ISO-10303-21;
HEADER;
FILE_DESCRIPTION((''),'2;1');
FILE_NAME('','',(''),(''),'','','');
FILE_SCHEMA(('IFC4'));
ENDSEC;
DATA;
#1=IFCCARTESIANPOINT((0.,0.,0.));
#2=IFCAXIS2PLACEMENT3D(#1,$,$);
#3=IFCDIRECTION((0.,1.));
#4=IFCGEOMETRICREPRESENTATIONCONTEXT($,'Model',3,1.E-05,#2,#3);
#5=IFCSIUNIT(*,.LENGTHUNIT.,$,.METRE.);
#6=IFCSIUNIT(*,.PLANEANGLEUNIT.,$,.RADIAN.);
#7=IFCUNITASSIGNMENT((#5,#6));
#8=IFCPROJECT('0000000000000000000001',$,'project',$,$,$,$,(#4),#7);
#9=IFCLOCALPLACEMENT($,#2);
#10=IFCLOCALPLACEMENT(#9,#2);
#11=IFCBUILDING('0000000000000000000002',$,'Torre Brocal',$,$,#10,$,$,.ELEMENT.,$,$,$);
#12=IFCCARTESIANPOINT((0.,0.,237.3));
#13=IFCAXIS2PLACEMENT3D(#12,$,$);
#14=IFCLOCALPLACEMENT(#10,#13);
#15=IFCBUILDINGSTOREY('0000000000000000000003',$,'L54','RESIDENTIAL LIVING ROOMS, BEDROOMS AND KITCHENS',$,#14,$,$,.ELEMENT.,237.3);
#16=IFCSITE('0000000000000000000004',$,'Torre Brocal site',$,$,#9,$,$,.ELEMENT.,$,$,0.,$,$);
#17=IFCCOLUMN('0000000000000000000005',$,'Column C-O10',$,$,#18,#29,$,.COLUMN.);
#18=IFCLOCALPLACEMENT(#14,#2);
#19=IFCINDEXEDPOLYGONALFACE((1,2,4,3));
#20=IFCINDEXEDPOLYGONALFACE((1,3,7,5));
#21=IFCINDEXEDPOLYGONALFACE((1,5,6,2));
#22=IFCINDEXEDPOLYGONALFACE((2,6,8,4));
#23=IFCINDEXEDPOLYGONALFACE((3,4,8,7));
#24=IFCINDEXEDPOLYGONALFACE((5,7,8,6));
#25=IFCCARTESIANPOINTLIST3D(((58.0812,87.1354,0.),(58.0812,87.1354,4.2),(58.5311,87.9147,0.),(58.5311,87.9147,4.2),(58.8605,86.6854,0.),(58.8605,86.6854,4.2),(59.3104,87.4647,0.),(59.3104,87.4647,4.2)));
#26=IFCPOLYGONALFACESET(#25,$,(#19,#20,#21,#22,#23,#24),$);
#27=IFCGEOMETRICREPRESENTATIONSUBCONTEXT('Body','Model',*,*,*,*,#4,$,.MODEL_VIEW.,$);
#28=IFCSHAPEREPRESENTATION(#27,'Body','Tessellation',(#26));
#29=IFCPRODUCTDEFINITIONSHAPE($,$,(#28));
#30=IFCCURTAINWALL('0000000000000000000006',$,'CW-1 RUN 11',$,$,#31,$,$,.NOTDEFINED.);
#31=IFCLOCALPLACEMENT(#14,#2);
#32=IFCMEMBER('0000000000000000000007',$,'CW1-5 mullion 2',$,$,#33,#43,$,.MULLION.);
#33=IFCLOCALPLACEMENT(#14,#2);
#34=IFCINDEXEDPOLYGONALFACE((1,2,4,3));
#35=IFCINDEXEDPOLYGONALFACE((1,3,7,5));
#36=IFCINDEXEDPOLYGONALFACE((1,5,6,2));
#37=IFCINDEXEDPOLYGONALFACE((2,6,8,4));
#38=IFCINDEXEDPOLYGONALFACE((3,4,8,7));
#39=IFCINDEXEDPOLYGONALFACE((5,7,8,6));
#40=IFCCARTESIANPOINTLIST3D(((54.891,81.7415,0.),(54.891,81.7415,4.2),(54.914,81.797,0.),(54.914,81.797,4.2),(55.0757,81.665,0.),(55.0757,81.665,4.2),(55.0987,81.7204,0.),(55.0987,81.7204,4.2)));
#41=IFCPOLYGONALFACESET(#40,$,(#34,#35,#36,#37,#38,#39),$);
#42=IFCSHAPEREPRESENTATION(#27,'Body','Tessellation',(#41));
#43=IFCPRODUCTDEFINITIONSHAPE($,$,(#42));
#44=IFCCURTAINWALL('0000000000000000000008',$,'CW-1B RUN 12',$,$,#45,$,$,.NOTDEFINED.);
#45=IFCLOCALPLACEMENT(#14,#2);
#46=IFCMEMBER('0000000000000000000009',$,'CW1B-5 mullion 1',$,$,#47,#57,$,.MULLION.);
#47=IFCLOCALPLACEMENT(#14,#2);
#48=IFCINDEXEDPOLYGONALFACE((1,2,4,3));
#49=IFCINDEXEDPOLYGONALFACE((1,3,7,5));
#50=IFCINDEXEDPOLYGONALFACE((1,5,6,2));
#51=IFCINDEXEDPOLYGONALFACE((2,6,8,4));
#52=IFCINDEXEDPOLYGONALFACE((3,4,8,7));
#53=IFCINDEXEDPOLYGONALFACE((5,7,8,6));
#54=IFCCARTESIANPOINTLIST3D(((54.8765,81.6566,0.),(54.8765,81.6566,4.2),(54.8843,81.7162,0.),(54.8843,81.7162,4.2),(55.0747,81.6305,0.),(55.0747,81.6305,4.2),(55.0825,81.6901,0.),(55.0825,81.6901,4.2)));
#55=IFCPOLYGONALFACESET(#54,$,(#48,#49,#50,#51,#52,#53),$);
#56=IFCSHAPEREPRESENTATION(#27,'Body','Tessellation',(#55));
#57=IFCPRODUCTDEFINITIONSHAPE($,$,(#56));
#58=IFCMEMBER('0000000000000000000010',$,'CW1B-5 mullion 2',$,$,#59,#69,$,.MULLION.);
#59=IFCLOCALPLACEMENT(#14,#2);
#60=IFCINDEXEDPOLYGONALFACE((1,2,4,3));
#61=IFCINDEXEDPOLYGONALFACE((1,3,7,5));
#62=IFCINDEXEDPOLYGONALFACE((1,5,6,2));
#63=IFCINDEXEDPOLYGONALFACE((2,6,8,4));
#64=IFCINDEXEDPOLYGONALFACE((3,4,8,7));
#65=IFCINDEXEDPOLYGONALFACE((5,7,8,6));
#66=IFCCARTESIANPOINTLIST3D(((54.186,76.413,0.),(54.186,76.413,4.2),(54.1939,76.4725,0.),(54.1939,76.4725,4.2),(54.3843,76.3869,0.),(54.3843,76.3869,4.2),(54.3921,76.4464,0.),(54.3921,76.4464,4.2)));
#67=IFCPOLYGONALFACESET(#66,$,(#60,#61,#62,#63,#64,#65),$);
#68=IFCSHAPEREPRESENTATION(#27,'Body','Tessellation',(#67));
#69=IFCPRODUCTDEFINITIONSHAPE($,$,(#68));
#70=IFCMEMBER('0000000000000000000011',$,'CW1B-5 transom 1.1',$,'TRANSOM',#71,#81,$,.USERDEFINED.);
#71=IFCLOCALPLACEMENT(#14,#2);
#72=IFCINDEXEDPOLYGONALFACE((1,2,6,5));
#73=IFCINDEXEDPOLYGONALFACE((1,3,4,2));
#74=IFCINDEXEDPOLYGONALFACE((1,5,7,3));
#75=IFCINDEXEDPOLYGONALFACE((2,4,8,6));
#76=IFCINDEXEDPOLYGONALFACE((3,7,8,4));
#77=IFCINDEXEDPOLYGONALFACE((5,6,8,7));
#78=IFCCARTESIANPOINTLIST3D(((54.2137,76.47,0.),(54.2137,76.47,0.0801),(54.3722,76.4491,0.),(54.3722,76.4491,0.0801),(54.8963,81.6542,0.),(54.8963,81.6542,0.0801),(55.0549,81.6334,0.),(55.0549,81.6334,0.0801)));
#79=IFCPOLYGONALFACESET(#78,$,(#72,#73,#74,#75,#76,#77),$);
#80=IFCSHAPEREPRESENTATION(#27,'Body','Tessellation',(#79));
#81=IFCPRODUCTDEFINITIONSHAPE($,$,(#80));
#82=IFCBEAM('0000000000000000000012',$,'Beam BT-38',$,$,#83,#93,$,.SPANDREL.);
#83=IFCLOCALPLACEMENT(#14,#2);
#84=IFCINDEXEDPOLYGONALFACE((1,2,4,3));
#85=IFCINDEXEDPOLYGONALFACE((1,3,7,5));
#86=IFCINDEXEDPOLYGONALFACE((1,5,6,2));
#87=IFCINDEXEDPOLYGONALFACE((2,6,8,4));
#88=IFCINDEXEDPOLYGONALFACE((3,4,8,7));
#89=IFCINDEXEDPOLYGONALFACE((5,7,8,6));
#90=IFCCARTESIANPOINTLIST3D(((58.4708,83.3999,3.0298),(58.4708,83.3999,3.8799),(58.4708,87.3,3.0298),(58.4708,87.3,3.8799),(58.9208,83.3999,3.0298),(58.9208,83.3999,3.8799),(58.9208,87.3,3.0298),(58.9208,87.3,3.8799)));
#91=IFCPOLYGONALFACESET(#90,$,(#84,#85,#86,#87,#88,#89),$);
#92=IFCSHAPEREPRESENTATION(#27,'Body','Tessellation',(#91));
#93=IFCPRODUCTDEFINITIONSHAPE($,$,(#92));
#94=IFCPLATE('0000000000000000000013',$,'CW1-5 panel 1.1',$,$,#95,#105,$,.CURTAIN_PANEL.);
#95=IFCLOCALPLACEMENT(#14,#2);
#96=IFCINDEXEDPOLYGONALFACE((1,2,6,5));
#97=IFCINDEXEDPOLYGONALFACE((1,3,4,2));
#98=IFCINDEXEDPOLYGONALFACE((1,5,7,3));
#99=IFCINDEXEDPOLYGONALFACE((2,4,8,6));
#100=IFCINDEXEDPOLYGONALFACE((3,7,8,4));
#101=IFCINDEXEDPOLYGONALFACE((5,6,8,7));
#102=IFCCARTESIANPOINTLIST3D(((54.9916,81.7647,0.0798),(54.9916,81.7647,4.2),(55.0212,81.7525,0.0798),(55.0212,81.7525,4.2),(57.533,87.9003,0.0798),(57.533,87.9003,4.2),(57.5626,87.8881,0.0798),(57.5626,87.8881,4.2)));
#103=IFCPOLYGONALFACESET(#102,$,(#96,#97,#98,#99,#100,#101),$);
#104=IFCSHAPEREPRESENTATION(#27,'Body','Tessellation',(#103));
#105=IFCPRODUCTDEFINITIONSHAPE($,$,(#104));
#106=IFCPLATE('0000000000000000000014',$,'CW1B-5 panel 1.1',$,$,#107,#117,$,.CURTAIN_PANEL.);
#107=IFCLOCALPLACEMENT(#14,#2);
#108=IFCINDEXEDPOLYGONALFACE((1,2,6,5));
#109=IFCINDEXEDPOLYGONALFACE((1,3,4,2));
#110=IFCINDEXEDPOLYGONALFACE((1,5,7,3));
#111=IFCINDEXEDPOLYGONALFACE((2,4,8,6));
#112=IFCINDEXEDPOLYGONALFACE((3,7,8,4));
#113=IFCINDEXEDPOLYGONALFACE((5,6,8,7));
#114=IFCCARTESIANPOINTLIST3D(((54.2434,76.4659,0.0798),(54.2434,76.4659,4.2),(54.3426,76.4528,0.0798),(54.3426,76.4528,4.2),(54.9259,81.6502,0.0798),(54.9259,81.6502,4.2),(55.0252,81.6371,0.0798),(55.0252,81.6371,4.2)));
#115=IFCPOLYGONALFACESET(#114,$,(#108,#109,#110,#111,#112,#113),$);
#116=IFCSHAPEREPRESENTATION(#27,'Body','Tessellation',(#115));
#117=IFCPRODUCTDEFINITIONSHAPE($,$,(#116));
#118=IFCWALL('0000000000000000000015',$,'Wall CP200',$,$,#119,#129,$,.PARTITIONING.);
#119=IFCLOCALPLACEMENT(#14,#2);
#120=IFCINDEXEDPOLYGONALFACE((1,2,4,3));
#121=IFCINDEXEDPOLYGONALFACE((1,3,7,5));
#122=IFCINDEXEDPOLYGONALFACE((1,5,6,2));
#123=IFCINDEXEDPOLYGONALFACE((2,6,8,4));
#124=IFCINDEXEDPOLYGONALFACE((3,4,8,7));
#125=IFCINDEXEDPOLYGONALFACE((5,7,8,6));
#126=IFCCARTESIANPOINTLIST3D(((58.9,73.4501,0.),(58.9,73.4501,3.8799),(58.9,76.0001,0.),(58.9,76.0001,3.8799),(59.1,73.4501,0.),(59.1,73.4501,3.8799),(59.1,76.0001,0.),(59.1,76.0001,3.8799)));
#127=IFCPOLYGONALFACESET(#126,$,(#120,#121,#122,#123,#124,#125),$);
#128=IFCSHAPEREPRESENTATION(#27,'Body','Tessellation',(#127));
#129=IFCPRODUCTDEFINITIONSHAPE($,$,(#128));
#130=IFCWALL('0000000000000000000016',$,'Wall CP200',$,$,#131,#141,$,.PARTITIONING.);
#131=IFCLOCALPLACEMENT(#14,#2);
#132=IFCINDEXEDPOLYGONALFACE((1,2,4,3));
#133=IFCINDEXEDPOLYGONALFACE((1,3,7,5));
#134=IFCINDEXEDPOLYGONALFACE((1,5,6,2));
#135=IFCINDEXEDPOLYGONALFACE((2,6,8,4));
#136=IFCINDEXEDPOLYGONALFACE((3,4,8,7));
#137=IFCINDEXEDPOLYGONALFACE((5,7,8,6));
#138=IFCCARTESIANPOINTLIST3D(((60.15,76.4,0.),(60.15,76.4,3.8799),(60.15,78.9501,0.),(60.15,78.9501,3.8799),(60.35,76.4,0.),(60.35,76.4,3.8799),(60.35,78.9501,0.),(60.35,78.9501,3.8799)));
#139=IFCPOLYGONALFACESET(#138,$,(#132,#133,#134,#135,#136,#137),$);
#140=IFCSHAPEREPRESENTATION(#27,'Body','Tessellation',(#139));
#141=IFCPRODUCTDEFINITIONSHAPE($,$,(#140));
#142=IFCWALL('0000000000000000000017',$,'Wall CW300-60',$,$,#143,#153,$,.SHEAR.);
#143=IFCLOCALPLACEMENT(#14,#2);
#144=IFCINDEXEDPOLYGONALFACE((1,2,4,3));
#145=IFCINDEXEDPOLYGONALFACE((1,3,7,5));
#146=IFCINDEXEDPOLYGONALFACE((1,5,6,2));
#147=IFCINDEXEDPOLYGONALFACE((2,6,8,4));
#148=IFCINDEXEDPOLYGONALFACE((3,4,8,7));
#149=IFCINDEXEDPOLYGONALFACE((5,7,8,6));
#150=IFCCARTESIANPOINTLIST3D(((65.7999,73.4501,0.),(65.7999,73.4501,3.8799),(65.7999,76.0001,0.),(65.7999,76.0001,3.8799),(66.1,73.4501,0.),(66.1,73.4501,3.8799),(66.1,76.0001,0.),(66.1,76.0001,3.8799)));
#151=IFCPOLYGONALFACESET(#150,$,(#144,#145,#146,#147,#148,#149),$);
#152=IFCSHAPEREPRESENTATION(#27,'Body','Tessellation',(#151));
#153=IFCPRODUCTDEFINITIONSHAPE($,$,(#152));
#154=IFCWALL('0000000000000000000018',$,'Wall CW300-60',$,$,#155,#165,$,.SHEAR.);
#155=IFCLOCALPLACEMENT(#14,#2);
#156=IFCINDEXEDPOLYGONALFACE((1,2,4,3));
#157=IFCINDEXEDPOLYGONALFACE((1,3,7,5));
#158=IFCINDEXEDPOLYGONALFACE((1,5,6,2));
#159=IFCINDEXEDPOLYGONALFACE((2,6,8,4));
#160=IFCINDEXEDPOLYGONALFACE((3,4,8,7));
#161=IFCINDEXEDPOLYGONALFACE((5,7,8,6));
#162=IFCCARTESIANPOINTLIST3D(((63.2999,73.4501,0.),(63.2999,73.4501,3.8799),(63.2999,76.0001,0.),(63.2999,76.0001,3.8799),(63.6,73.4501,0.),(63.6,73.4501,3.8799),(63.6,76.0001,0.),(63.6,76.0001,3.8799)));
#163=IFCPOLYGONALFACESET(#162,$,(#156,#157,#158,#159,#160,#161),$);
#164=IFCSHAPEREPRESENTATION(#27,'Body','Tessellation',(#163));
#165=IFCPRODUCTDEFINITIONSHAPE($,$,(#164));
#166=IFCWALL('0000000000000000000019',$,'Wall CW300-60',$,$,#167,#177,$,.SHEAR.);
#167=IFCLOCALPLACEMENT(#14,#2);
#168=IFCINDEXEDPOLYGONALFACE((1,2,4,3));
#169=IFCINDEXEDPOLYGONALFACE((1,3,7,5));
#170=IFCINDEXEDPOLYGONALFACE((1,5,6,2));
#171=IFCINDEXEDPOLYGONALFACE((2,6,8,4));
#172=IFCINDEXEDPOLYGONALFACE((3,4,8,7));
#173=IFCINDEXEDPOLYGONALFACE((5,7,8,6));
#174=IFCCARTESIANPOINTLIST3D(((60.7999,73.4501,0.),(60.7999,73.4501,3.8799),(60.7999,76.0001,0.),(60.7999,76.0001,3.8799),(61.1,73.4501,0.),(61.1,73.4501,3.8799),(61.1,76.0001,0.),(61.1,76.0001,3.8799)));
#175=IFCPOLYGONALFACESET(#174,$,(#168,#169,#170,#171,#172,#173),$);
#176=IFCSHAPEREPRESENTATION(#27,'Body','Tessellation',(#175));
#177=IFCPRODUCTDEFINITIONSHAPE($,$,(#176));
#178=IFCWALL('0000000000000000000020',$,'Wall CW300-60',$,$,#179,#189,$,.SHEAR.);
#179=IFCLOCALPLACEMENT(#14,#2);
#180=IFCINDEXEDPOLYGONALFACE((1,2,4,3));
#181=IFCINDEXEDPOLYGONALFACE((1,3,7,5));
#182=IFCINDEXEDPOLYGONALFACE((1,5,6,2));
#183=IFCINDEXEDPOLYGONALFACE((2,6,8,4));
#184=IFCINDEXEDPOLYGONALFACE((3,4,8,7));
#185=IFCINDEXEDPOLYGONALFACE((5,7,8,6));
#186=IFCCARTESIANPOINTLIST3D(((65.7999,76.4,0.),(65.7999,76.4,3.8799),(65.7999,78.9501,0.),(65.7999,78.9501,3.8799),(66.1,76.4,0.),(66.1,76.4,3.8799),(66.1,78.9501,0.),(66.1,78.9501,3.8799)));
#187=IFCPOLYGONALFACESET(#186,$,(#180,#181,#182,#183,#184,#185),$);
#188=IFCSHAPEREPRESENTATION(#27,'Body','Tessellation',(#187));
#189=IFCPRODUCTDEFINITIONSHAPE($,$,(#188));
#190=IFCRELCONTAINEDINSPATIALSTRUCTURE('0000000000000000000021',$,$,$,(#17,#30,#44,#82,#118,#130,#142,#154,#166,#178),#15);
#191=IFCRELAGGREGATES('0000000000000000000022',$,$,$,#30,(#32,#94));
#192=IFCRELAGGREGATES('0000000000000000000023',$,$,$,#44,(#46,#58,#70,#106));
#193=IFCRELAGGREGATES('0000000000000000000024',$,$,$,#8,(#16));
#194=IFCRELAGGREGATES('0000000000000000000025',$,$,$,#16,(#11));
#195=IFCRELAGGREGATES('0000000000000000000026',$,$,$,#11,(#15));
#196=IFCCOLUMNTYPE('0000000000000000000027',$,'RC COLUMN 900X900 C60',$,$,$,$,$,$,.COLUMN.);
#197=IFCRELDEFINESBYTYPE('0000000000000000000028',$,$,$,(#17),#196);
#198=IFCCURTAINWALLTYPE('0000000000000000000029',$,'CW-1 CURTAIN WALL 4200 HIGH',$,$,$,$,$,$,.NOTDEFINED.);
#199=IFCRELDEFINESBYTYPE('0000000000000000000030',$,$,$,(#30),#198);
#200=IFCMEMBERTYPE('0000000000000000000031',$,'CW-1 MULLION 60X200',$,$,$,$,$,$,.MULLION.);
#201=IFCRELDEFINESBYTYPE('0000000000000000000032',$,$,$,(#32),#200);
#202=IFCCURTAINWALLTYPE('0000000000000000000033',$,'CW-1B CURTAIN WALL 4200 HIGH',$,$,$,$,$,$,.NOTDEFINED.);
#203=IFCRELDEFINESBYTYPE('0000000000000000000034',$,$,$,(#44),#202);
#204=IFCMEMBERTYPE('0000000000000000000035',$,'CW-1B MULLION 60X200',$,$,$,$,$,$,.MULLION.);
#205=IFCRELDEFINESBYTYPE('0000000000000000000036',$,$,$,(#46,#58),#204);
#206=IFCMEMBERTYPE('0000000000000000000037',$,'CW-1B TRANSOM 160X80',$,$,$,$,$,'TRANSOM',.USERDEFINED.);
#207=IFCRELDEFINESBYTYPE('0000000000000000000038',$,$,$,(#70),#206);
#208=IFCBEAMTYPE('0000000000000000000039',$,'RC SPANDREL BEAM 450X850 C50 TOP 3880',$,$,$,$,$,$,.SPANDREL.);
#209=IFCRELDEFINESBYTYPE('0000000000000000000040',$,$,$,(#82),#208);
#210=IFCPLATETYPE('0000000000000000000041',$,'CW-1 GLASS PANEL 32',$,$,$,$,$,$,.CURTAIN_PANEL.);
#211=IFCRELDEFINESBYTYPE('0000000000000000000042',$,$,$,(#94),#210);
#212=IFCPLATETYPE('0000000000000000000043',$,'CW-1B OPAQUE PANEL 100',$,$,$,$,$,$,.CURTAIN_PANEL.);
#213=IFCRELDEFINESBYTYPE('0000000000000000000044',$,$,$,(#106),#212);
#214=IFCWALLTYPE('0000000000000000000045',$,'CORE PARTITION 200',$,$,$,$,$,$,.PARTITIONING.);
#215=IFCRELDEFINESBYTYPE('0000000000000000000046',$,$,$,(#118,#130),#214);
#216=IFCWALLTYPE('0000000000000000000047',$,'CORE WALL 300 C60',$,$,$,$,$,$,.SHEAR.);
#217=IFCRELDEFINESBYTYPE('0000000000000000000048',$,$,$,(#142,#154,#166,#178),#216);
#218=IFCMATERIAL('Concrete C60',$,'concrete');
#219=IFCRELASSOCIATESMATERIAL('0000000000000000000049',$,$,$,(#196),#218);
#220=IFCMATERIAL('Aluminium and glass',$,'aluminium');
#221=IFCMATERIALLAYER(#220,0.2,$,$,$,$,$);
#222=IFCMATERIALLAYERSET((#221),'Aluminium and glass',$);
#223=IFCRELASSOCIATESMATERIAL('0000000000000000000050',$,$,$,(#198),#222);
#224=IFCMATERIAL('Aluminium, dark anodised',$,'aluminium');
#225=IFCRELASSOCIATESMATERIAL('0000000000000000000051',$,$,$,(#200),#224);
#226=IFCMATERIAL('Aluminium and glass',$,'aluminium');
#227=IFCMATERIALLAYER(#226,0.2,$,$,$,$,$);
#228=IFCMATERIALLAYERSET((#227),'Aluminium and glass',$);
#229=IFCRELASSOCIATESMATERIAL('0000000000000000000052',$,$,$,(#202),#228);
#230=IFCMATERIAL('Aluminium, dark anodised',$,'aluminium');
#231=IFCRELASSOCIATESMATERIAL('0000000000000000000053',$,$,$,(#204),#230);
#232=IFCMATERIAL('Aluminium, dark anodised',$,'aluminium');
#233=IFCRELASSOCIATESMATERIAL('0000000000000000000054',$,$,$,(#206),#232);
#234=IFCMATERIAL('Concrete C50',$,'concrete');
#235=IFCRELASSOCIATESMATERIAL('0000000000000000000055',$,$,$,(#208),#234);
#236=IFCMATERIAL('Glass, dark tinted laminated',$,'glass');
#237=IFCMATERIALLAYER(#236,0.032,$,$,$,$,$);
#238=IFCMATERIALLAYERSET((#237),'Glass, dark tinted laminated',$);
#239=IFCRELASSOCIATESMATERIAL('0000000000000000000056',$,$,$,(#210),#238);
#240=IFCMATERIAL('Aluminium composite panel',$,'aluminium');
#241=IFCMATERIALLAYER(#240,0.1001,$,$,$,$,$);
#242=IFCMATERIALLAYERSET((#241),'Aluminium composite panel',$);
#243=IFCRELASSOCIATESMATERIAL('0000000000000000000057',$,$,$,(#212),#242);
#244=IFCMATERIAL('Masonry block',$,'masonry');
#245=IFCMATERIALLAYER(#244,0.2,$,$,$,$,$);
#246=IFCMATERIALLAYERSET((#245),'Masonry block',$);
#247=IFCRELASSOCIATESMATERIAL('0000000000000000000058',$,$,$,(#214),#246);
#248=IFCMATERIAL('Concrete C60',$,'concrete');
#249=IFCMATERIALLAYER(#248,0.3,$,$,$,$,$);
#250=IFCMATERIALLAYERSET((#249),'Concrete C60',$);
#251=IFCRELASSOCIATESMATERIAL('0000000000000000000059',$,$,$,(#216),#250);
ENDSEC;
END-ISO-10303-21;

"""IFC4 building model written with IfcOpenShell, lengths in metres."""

from ifc_helpers import new_model, si_unit, direction, frame, frame_2d, origin, origin_2d, place, context, subcontext, project, spatial, rectangle, extrude, material, layer, layer_set, material_profile, profile_set, type_object, element, aggregate, save


model = new_model("IFC4")

# Units and contexts
model_context = context("Model", 3, precision=1e-05, world=origin(), true_north=direction((0.0, 1.0)))
body_context = subcontext(model_context, "Body", "Model", "MODEL_VIEW")
ifc_project = project(units=[si_unit("LENGTHUNIT", "METRE"), si_unit("PLANEANGLEUNIT", "RADIAN")], contexts=[model_context])

# Site, building, storey
site_placement = place(None, origin())
site = spatial("IfcSite", under=ifc_project, at=site_placement, Name="Torre Brocal site", CompositionType="ELEMENT", RefElevation=0.0)
building_placement = place(site_placement, origin())
building = spatial("IfcBuilding", under=site, at=building_placement, Name="Torre Brocal", CompositionType="ELEMENT")
storey_placement = place(building_placement, frame((0.0, 0.0, 237.3)))
storey = spatial("IfcBuildingStorey", under=building, at=storey_placement, Name="L54", Description="RESIDENTIAL LIVING ROOMS, BEDROOMS AND KITCHENS", CompositionType="ELEMENT", Elevation=237.3)

# Column
ifc_material_1 = material(Name="Concrete C60", Category="concrete")
ifc_material_profile_1 = material_profile(ifc_material_1, rectangle(XDim=0.8999, YDim=0.8999, at=origin_2d()), Name="RC 900X900")
ifc_profile_set_1 = profile_set([ifc_material_profile_1], Name="Concrete C60")
column_type = type_object("IfcColumnType", Name="RC COLUMN 900X900 C60", PredefinedType="COLUMN", material=ifc_profile_set_1)
column_placement = place(storey_placement, frame((58.6958, 87.3, 0.0), z_axis=(0.0, 0.0, 1.0), x_axis=(-0.866025, 0.5, 0.0)))
element("IfcColumn", 1, at=column_placement, inside=storey, type_object=column_type, Name="Column C-O10", PredefinedType="COLUMN", context=body_context, shape_type="SweptSolid", body=[
    extrude(rectangle(XDim=0.8999, YDim=0.8999, at=origin_2d()), origin(), (0.0, 0.0, 1.0), 4.2),
])

# Curtain wall, member
ifc_material_2 = material(Name="Aluminium and glass", Category="aluminium")
ifc_layer_1 = layer(ifc_material_2, 0.2)
ifc_layer_set_1 = layer_set([ifc_layer_1], Name="Aluminium and glass")
curtain_wall_type_1 = type_object("IfcCurtainWallType", Name="CW-1 CURTAIN WALL 4200 HIGH", PredefinedType="NOTDEFINED", material=ifc_layer_set_1)
curtain_wall_1_placement = place(storey_placement, origin())
curtain_wall_1 = element("IfcCurtainWall", 2, at=curtain_wall_1_placement, inside=storey, type_object=curtain_wall_type_1, Name="CW-1 RUN 11", PredefinedType="NOTDEFINED")
ifc_material_3 = material(Name="Aluminium, dark anodised", Category="aluminium")
ifc_material_profile_2 = material_profile(ifc_material_3, rectangle(XDim=0.2, YDim=0.0601, at=origin_2d()), Name="CW-1 MULLION 60X200")
ifc_profile_set_2 = profile_set([ifc_material_profile_2], Name="Aluminium, dark anodised")
member_type_1 = type_object("IfcMemberType", Name="CW-1 MULLION 60X200", PredefinedType="MULLION", material=ifc_profile_set_2)
member_1_placement = place(storey_placement, frame((54.9949, 81.731, 0.0), z_axis=(0.0, 0.0, 1.0), x_axis=(0.92388, -0.382683, 0.0)))
member_1 = element("IfcMember", 3, at=member_1_placement, type_object=member_type_1, Name="CW1-5 mullion 2", PredefinedType="MULLION", context=body_context, shape_type="SweptSolid", body=[
    extrude(rectangle(XDim=0.2, YDim=0.0601, at=origin_2d()), origin(), (0.0, 0.0, 1.0), 4.2),
])

# Curtain wall, members
ifc_material_4 = material(Name="Aluminium and glass", Category="aluminium")
ifc_layer_2 = layer(ifc_material_4, 0.2)
ifc_layer_set_2 = layer_set([ifc_layer_2], Name="Aluminium and glass")
curtain_wall_type_2 = type_object("IfcCurtainWallType", Name="CW-1B CURTAIN WALL 4200 HIGH", PredefinedType="NOTDEFINED", material=ifc_layer_set_2)
curtain_wall_2_placement = place(storey_placement, origin())
curtain_wall_2 = element("IfcCurtainWall", 4, at=curtain_wall_2_placement, inside=storey, type_object=curtain_wall_type_2, Name="CW-1B RUN 12", PredefinedType="NOTDEFINED")
ifc_material_5 = material(Name="Aluminium, dark anodised", Category="aluminium")
ifc_material_profile_3 = material_profile(ifc_material_5, rectangle(XDim=0.2, YDim=0.0601, at=origin_2d()), Name="CW-1B MULLION 60X200")
ifc_profile_set_3 = profile_set([ifc_material_profile_3], Name="Aluminium, dark anodised")
member_type_2 = type_object("IfcMemberType", Name="CW-1B MULLION 60X200", PredefinedType="MULLION", material=ifc_profile_set_3)
member_2_placement = place(storey_placement, frame((54.9795, 81.6733, 0.0), z_axis=(0.0, 0.0, 1.0), x_axis=(0.991445, -0.130526, 0.0)))
member_2 = element("IfcMember", 5, at=member_2_placement, type_object=member_type_2, Name="CW1B-5 mullion 1", PredefinedType="MULLION", context=body_context, shape_type="SweptSolid", body=[
    extrude(rectangle(XDim=0.2, YDim=0.0601, at=origin_2d()), origin(), (0.0, 0.0, 1.0), 4.2),
])
member_3_placement = place(storey_placement, frame((54.2891, 76.4297, 0.0), z_axis=(0.0, 0.0, 1.0), x_axis=(0.991445, -0.130526, 0.0)))
member_3 = element("IfcMember", 6, at=member_3_placement, type_object=member_type_2, Name="CW1B-5 mullion 2", PredefinedType="MULLION", context=body_context, shape_type="SweptSolid", body=[
    extrude(rectangle(XDim=0.2, YDim=0.0601, at=origin_2d()), origin(), (0.0, 0.0, 1.0), 4.2),
])
ifc_material_6 = material(Name="Aluminium, dark anodised", Category="aluminium")
ifc_material_profile_4 = material_profile(ifc_material_6, rectangle(XDim=0.1599, YDim=0.0801, at=origin_2d()), Name="CW-1B TRANSOM 160X80")
ifc_profile_set_4 = profile_set([ifc_material_profile_4], Name="Aluminium, dark anodised")
member_type_3 = type_object("IfcMemberType", Name="CW-1B TRANSOM 160X80", ElementType="TRANSOM", PredefinedType="USERDEFINED", material=ifc_profile_set_4)
member_4_placement = place(storey_placement, frame((54.9756, 81.6438, 0.04), z_axis=(-0.130543, -0.991443, 0.0), x_axis=(0.991443, -0.130543, 0.0)))
member_4 = element("IfcMember", 7, at=member_4_placement, type_object=member_type_3, Name="CW1B-5 transom 1.1", ObjectType="TRANSOM", PredefinedType="USERDEFINED", context=body_context, shape_type="SweptSolid", body=[
    extrude(rectangle(XDim=0.1599, YDim=0.0801, at=origin_2d()), origin(), (0.0, 0.0, 1.0), 5.229),
])

# Beam
ifc_material_7 = material(Name="Concrete C50", Category="concrete")
ifc_material_profile_5 = material_profile(ifc_material_7, rectangle(XDim=0.45, YDim=0.8501, at=origin_2d()), Name="RC 450X850")
ifc_profile_set_5 = profile_set([ifc_material_profile_5], Name="Concrete C50")
beam_type = type_object("IfcBeamType", Name="RC SPANDREL BEAM 450X850 C50 TOP 3880", PredefinedType="SPANDREL", material=ifc_profile_set_5)
beam_placement = place(storey_placement, frame((58.6958, 87.3, 3.4548), z_axis=(0.0, -1.0, 0.0), x_axis=(1.0, 0.0, 0.0)))
element("IfcBeam", 8, at=beam_placement, inside=storey, type_object=beam_type, Name="Beam BT-38", PredefinedType="SPANDREL", context=body_context, shape_type="SweptSolid", body=[
    extrude(rectangle(XDim=0.45, YDim=0.8501, at=origin_2d()), origin(), (0.0, 0.0, 1.0), 3.9001),
])

# Plates
ifc_material_8 = material(Name="Glass, dark tinted laminated", Category="glass")
ifc_layer_3 = layer(ifc_material_8, 0.032)
ifc_layer_set_3 = layer_set([ifc_layer_3], Name="Glass, dark tinted laminated")
plate_type_1 = type_object("IfcPlateType", Name="CW-1 GLASS PANEL 32", PredefinedType="CURTAIN_PANEL", material=ifc_layer_set_3)
plate_1_placement = place(storey_placement, frame((56.2771, 84.8264, 0.0798), z_axis=(0.0, 0.0, 1.0), x_axis=(-0.382683, -0.92388, 0.0)))
plate_1 = element("IfcPlate", 9, at=plate_1_placement, type_object=plate_type_1, Name="CW1-5 panel 1.1", PredefinedType="CURTAIN_PANEL", context=body_context, shape_type="SweptSolid", body=[
    extrude(rectangle(XDim=6.6411, YDim=0.032, at=origin_2d()), origin(), (0.0, 0.0, 1.0), 4.1201),
])
aggregate(curtain_wall_1, [member_1, plate_1])
ifc_material_9 = material(Name="Aluminium composite panel", Category="aluminium")
ifc_layer_4 = layer(ifc_material_9, 0.1001)
ifc_layer_set_4 = layer_set([ifc_layer_4], Name="Aluminium composite panel")
plate_type_2 = type_object("IfcPlateType", Name="CW-1B OPAQUE PANEL 100", PredefinedType="CURTAIN_PANEL", material=ifc_layer_set_4)
plate_2_placement = place(storey_placement, frame((54.6343, 79.0515, 0.0798), z_axis=(0.0, 0.0, 1.0), x_axis=(-0.130526, -0.991445, 0.0)))
plate_2 = element("IfcPlate", 10, at=plate_2_placement, type_object=plate_type_2, Name="CW1B-5 panel 1.1", PredefinedType="CURTAIN_PANEL", context=body_context, shape_type="SweptSolid", body=[
    extrude(rectangle(XDim=5.229, YDim=0.1001, at=origin_2d()), origin(), (0.0, 0.0, 1.0), 4.1201),
])
aggregate(curtain_wall_2, [member_2, member_3, member_4, plate_2])

# Walls
ifc_material_10 = material(Name="Masonry block", Category="masonry")
ifc_layer_5 = layer(ifc_material_10, 0.2)
ifc_layer_set_5 = layer_set([ifc_layer_5], Name="Masonry block")
wall_type_1 = type_object("IfcWallType", Name="CORE PARTITION 200", PredefinedType="PARTITIONING", material=ifc_layer_set_5)
for number, where, z_axis, x_axis, name in (
    (11, (59.0, 76.0, 0.0), (0.0, 0.0, 1.0), (0.0, -1.0, 0.0), "Wall CP200"),
    (12, (60.25, 78.95, 0.0), (0.0, 0.0, 1.0), (0.0, -1.0, 0.0), "Wall CP200"),
):
    element("IfcWall", number, at=place(storey_placement, frame(where, z_axis=z_axis, x_axis=x_axis)), inside=storey, type_object=wall_type_1, Name=name, PredefinedType="PARTITIONING", context=body_context, shape_type="SweptSolid", body=[
        extrude(rectangle(XDim=2.55, YDim=0.2, at=frame_2d((1.2749, 0.0))), origin(), (0.0, 0.0, 1.0), 3.8799),
    ])
ifc_material_11 = material(Name="Concrete C60", Category="concrete")
ifc_layer_6 = layer(ifc_material_11, 0.3)
ifc_layer_set_6 = layer_set([ifc_layer_6], Name="Concrete C60")
wall_type_2 = type_object("IfcWallType", Name="CORE WALL 300 C60", PredefinedType="SHEAR", material=ifc_layer_set_6)
for number, where, z_axis, x_axis, name in (
    (13, (65.95, 76.0, 0.0), (0.0, 0.0, 1.0), (0.0, -1.0, 0.0), "Wall CW300-60"),
    (14, (63.45, 76.0, 0.0), (0.0, 0.0, 1.0), (0.0, -1.0, 0.0), "Wall CW300-60"),
    (15, (60.95, 76.0, 0.0), (0.0, 0.0, 1.0), (0.0, -1.0, 0.0), "Wall CW300-60"),
    (16, (65.95, 78.95, 0.0), (0.0, 0.0, 1.0), (0.0, -1.0, 0.0), "Wall CW300-60"),
):
    element("IfcWall", number, at=place(storey_placement, frame(where, z_axis=z_axis, x_axis=x_axis)), inside=storey, type_object=wall_type_2, Name=name, PredefinedType="SHEAR", context=body_context, shape_type="SweptSolid", body=[
        extrude(rectangle(XDim=2.55, YDim=0.3, at=frame_2d((1.2749, 0.0))), origin(), (0.0, 0.0, 1.0), 3.8799),
    ])

save(model, "model.ifc")
